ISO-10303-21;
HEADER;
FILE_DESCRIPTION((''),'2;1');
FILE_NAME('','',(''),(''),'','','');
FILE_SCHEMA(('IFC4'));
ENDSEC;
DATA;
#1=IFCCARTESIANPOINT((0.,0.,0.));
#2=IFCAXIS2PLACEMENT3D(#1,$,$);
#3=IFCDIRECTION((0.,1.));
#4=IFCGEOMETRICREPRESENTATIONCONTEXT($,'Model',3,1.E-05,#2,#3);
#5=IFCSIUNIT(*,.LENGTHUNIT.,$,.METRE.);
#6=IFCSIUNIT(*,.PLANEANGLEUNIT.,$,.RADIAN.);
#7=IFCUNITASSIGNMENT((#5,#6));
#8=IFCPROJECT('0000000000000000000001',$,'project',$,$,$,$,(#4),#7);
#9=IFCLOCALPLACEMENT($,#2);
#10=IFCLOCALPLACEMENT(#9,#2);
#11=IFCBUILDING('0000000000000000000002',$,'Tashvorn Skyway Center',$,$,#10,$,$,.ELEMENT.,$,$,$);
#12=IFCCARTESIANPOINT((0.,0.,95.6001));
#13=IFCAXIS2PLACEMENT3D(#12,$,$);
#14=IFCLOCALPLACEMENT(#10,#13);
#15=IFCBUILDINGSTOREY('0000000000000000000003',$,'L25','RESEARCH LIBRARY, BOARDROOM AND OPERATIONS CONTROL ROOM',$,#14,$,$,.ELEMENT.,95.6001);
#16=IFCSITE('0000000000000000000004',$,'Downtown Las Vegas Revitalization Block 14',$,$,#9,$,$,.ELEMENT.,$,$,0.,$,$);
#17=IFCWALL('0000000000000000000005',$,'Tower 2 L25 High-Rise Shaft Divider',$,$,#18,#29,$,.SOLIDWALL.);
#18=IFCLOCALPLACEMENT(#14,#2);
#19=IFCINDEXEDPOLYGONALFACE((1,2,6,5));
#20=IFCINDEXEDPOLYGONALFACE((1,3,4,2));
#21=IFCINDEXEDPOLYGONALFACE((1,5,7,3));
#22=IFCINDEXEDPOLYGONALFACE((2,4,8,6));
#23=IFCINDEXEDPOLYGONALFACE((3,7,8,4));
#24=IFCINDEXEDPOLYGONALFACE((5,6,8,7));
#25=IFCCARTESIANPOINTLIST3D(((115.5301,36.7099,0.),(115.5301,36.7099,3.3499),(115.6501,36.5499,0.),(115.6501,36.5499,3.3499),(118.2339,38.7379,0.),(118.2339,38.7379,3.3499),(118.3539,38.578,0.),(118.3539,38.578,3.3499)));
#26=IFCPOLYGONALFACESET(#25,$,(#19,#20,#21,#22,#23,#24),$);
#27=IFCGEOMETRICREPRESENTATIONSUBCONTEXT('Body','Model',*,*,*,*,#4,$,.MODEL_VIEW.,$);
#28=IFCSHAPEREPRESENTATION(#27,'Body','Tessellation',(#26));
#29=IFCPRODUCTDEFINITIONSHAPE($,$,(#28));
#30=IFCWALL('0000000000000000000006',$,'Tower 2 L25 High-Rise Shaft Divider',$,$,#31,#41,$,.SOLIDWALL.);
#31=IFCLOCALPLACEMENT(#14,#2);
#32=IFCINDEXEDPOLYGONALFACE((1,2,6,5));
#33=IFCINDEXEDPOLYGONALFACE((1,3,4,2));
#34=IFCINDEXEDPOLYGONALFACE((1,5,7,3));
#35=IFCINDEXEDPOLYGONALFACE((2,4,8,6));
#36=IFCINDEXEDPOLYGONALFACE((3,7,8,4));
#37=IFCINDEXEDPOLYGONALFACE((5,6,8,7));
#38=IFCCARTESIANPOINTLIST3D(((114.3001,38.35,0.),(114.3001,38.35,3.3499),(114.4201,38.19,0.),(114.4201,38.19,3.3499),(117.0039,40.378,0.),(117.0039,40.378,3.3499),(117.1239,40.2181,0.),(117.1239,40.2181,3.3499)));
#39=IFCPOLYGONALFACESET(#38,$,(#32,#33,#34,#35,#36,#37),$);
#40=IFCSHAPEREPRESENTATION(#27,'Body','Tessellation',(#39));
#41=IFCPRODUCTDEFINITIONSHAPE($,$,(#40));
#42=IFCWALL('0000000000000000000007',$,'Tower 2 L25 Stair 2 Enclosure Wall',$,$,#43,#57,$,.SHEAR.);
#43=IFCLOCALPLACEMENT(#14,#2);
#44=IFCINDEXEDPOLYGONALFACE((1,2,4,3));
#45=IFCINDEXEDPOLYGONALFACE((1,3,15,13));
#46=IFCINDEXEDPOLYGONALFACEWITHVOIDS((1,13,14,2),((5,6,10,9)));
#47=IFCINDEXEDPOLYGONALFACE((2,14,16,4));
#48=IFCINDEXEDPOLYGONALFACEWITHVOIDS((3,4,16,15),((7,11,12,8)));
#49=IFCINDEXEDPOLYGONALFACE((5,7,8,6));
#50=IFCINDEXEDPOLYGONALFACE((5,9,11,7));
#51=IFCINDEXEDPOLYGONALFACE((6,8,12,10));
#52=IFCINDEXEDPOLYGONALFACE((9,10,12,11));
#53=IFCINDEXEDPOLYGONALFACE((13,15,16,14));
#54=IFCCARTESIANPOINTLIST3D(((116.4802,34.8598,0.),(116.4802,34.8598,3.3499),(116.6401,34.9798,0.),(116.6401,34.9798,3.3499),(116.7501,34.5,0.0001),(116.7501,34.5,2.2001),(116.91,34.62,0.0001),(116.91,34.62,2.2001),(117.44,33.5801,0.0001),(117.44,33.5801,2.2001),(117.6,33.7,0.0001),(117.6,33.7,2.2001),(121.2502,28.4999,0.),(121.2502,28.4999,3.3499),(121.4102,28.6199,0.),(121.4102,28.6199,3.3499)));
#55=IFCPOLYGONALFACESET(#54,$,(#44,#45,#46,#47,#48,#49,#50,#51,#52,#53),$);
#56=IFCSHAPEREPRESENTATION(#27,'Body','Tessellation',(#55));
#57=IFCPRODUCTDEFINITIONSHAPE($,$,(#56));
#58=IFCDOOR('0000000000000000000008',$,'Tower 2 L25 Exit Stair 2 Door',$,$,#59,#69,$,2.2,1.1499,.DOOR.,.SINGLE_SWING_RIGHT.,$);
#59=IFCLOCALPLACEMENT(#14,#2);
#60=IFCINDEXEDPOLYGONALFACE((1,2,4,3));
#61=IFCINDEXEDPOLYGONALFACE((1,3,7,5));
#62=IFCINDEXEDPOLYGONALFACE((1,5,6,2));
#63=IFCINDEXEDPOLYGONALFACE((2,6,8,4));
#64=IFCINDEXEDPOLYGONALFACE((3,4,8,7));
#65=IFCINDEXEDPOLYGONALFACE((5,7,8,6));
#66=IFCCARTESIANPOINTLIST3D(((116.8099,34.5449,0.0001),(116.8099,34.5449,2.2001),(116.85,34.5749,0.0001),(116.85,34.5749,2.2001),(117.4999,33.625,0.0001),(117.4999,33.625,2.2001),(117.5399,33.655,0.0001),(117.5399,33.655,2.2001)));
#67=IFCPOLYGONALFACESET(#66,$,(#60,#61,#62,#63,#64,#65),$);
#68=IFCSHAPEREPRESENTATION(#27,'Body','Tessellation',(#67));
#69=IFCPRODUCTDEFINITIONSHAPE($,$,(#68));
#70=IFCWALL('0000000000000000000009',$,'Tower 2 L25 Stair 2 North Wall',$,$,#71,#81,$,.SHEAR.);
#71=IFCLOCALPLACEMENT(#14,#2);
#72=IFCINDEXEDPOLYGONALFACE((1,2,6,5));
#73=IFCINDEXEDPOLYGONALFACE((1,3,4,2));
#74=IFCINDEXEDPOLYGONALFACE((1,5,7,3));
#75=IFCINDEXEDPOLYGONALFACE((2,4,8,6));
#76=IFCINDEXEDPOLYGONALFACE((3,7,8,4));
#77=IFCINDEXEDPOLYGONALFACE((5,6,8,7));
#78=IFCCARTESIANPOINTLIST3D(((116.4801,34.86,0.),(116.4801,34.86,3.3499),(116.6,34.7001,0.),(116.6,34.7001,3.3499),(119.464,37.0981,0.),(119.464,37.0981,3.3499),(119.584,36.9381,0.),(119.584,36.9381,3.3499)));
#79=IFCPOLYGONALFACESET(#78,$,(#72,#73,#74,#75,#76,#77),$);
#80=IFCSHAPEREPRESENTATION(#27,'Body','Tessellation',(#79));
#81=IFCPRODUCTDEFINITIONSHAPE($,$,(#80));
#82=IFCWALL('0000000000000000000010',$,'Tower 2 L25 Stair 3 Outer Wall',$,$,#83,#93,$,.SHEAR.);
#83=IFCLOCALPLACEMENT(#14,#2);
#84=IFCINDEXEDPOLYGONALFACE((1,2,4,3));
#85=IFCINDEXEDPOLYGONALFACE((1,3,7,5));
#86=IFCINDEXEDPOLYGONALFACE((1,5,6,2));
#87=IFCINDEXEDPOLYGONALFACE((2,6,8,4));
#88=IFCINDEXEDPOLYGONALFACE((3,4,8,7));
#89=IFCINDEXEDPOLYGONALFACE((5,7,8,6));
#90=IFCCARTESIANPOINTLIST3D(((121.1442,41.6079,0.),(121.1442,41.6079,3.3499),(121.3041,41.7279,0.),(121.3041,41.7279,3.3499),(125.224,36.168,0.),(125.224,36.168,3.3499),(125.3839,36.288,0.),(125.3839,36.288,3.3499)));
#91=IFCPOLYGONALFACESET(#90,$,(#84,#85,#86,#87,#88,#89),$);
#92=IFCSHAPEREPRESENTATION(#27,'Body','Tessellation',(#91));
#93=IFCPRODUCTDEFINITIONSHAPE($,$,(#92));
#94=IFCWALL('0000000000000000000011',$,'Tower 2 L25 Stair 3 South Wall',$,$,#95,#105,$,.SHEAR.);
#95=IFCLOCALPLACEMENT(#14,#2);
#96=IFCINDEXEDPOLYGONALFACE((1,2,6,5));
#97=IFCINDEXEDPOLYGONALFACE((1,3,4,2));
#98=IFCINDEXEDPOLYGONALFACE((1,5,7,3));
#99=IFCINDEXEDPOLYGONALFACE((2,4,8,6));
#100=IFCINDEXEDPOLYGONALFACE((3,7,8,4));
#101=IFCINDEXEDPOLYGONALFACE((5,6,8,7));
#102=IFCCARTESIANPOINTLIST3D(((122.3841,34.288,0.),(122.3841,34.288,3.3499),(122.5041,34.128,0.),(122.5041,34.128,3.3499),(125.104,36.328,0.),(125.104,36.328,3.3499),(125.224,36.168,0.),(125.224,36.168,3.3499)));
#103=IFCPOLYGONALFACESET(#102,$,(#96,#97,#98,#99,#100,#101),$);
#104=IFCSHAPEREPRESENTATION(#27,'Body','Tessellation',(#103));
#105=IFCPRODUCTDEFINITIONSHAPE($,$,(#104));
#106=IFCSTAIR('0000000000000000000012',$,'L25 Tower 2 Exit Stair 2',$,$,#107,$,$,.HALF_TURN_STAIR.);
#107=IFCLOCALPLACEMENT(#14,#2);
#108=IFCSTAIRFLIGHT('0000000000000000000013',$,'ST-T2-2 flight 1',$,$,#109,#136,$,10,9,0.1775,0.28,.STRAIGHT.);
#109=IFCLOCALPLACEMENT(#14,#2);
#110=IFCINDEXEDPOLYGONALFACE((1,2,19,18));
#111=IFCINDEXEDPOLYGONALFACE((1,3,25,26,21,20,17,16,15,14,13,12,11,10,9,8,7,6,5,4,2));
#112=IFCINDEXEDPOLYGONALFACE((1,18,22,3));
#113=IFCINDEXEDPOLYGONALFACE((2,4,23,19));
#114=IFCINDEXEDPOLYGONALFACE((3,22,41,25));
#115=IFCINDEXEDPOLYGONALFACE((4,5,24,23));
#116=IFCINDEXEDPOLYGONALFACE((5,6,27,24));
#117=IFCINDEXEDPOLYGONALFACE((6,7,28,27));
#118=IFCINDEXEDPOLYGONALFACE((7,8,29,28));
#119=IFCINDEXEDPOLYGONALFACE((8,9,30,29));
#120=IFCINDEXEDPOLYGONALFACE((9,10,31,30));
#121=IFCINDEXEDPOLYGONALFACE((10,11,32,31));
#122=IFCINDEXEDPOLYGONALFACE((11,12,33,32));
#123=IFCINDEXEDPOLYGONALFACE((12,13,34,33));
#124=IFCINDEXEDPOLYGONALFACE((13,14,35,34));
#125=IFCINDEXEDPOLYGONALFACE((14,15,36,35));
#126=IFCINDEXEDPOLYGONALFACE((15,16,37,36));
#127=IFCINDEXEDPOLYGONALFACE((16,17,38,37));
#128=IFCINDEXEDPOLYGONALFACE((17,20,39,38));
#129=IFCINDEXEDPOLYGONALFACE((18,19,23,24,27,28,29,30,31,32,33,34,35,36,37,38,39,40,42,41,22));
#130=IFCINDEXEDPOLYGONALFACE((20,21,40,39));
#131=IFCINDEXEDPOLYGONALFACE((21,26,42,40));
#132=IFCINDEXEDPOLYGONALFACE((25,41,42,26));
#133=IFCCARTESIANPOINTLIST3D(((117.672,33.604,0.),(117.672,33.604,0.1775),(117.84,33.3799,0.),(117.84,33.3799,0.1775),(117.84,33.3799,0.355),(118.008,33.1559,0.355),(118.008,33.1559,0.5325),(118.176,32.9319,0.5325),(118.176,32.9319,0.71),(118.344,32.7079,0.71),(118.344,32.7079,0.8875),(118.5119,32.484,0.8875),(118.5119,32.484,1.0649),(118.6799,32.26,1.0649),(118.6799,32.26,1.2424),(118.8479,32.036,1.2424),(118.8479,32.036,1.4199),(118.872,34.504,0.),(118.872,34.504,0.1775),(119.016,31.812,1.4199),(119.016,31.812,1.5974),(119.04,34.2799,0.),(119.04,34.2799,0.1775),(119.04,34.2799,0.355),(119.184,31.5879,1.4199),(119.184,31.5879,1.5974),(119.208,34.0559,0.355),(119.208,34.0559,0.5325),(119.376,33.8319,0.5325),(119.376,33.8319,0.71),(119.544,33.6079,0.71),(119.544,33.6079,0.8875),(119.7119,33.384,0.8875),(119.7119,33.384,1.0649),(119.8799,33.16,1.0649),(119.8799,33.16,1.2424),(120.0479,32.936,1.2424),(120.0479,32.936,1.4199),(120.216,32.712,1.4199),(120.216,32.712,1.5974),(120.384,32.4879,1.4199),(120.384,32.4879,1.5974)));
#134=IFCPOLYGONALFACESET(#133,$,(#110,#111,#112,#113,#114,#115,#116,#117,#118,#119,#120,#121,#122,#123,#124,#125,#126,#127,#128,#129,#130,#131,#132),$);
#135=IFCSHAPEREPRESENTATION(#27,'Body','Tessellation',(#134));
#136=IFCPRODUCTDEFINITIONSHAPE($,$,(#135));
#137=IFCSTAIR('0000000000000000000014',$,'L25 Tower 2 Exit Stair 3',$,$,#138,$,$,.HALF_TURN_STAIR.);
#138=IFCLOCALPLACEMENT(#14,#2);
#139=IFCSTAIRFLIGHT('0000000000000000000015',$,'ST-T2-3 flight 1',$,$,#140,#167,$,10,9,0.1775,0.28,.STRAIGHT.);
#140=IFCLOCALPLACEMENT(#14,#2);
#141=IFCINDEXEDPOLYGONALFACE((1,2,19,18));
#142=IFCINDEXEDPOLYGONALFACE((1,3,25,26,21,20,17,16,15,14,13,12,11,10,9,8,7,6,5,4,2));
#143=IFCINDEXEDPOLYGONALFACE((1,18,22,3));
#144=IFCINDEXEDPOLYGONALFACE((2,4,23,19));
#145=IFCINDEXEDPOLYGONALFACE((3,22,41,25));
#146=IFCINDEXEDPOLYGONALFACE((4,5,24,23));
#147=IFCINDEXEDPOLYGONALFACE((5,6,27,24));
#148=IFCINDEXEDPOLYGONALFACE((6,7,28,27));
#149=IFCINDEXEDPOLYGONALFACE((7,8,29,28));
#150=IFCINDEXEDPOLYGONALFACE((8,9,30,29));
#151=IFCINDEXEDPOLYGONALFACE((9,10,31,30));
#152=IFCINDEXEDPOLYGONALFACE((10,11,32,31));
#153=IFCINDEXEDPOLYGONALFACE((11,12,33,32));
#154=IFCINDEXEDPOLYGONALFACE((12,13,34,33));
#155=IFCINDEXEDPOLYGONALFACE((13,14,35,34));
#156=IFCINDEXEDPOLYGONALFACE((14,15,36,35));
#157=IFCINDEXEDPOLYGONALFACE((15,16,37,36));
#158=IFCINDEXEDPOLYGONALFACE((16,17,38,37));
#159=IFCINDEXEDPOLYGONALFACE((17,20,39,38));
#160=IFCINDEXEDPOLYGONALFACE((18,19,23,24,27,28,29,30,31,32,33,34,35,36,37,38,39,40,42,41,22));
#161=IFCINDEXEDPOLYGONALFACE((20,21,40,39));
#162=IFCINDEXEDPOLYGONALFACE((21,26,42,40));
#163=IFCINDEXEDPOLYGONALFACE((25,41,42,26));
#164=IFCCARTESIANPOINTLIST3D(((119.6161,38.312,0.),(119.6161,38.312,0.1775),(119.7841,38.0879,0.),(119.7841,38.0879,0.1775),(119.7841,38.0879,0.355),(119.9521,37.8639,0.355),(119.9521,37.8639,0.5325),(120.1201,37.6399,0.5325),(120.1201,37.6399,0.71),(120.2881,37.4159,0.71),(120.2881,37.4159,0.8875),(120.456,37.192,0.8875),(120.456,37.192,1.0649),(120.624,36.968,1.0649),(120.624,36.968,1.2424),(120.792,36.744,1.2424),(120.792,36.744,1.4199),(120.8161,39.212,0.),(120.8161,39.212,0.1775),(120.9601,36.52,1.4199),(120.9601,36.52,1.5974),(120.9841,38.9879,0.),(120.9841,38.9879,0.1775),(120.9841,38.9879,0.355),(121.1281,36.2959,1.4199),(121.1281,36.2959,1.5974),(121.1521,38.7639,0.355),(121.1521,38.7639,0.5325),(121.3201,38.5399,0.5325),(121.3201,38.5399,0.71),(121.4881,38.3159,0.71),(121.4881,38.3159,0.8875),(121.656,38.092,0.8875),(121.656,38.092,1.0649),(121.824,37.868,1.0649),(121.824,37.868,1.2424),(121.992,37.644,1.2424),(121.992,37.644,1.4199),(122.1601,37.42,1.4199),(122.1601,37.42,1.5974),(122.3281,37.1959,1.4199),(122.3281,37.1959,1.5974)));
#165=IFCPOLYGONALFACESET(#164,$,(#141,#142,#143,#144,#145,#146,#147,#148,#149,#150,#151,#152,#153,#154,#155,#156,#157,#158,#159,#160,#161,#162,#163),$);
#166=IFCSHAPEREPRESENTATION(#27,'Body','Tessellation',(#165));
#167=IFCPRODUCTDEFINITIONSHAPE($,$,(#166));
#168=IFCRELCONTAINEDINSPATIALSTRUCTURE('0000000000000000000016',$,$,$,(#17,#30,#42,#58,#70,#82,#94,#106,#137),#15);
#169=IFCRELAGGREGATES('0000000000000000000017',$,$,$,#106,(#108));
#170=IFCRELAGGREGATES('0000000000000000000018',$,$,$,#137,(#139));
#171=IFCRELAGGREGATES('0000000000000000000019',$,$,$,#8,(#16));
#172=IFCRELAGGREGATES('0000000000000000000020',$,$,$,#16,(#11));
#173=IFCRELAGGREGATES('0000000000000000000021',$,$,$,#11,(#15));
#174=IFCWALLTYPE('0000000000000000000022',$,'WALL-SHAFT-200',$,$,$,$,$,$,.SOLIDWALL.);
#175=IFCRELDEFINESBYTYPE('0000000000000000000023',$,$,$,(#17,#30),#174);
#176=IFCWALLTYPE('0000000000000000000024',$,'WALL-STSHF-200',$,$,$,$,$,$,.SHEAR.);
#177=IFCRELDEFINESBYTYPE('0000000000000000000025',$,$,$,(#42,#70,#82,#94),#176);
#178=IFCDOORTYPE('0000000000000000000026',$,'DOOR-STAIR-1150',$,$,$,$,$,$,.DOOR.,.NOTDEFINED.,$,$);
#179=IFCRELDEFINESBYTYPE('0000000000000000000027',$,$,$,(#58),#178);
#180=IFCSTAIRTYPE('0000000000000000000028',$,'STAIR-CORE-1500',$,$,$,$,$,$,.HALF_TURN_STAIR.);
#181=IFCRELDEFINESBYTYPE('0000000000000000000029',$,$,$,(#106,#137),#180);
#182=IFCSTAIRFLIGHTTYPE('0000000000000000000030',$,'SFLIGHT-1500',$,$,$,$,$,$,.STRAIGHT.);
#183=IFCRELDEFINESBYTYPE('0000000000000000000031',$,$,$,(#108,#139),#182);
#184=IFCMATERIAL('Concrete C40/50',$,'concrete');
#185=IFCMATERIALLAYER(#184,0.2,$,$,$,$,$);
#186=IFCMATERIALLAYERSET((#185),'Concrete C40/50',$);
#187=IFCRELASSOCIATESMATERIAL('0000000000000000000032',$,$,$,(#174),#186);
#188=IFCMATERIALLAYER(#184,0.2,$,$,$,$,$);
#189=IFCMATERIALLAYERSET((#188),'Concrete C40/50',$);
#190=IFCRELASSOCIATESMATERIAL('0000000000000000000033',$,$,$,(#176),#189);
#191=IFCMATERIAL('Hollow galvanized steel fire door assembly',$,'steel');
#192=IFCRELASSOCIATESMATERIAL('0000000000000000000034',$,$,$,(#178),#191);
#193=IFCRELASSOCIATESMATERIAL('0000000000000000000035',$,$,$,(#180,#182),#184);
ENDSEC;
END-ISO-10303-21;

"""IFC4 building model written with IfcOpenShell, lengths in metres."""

from ifc_helpers import new_model, si_unit, direction, frame, frame_2d, origin, place, context, subcontext, project, spatial, polyline, rectangle, outline, extrude, material, layer, layer_set, type_object, element, fill, aggregate, save


model = new_model("IFC4")

# Units and contexts
model_context = context("Model", 3, precision=1e-05, world=origin(), true_north=direction((0.0, 1.0)))
body_context = subcontext(model_context, "Body", "Model", "MODEL_VIEW")
ifc_project = project(units=[si_unit("LENGTHUNIT", "METRE"), si_unit("PLANEANGLEUNIT", "RADIAN")], contexts=[model_context])

# Site, building, storey
site_placement = place(None, origin())
site = spatial("IfcSite", under=ifc_project, at=site_placement, Name="Downtown Las Vegas Revitalization Block 14", CompositionType="ELEMENT", RefElevation=0.0)
building_placement = place(site_placement, origin())
building = spatial("IfcBuilding", under=site, at=building_placement, Name="Tashvorn Skyway Center", CompositionType="ELEMENT")
storey_placement = place(building_placement, frame((0.0, 0.0, 95.6001)))
storey = spatial("IfcBuildingStorey", under=building, at=storey_placement, Name="L25", Description="RESEARCH LIBRARY, BOARDROOM AND OPERATIONS CONTROL ROOM", CompositionType="ELEMENT", Elevation=95.6001)

# Walls
ifc_material_1 = material(Name="Concrete C40/50", Category="concrete")
ifc_layer_1 = layer(ifc_material_1, 0.2)
ifc_layer_set_1 = layer_set([ifc_layer_1], Name="Concrete C40/50")
wall_type_1 = type_object("IfcWallType", Name="WALL-SHAFT-200", PredefinedType="SOLIDWALL", material=ifc_layer_set_1)
for number, where, z_axis, x_axis, name in (
    (1, (115.5901, 36.6299, 0.0), (0.0, 0.0, 1.0), (0.799974, 0.600035, 0.0), "Tower 2 L25 High-Rise Shaft Divider"),
    (2, (114.3601, 38.27, 0.0), (0.0, 0.0, 1.0), (0.799974, 0.600035, 0.0), "Tower 2 L25 High-Rise Shaft Divider"),
):
    element("IfcWall", number, at=place(storey_placement, frame(where, z_axis=z_axis, x_axis=x_axis)), inside=storey, type_object=wall_type_1, Name=name, PredefinedType="SOLIDWALL", context=body_context, shape_type="SweptSolid", body=[
        extrude(rectangle(XDim=3.3799, YDim=0.2, at=frame_2d((1.6899, 0.0))), origin(), (0.0, 0.0, 1.0), 3.3499),
    ])

# Wall, opening, door
ifc_layer_2 = layer(ifc_material_1, 0.2)
ifc_layer_set_2 = layer_set([ifc_layer_2], Name="Concrete C40/50")
wall_type_2 = type_object("IfcWallType", Name="WALL-STSHF-200", PredefinedType="SHEAR", material=ifc_layer_set_2)
wall_1_placement = place(storey_placement, frame((116.5601, 34.9199, 0.0), z_axis=(0.0, 0.0, 1.0), x_axis=(0.60001, -0.799993, 0.0)))
wall_1 = element("IfcWall", 3, at=wall_1_placement, inside=storey, type_object=wall_type_2, Name="Tower 2 L25 Stair 2 Enclosure Wall", PredefinedType="SHEAR", context=body_context, shape_type="SweptSolid", body=[
    extrude(rectangle(XDim=7.95, YDim=0.2, at=frame_2d((3.9751, 0.0))), origin(), (0.0, 0.0, 1.0), 3.3499),
])
opening_placement = place(wall_1_placement, frame((0.45, 0.0, 0.0)))
opening = element("IfcOpeningElement", 4, at=opening_placement, cuts=wall_1, PredefinedType="OPENING", context=body_context, shape_type="SweptSolid", body=[
    extrude(rectangle(XDim=1.1499, YDim=2.2, at=frame_2d((0.575, 1.1001))), frame((0.0, 0.1099, 0.0), z_axis=(0.0, -1.0, 0.0), x_axis=(1.0, 0.0, 0.0)), (0.0, 0.0, 1.0), 0.22),
])
ifc_material_2 = material(Name="Hollow galvanized steel fire door assembly", Category="steel")
door_type = type_object("IfcDoorType", Name="DOOR-STAIR-1150", OperationType="NOTDEFINED", PredefinedType="DOOR", material=ifc_material_2)
door_placement = place(opening_placement, origin())
door = element("IfcDoor", 5, at=door_placement, inside=storey, type_object=door_type, Name="Tower 2 L25 Exit Stair 2 Door", OperationType="SINGLE_SWING_RIGHT", OverallHeight=2.2, OverallWidth=1.1499, PredefinedType="DOOR", context=body_context, shape_type="SweptSolid", body=[
    extrude(rectangle(XDim=1.1499, YDim=2.2, at=frame_2d((0.575, 1.1001))), frame((0.0, 0.0249, 0.0), z_axis=(0.0, -1.0, 0.0), x_axis=(1.0, 0.0, 0.0)), (0.0, 0.0, 1.0), 0.05),
])
fill(opening, door)

# Walls
wall_2_placement = place(storey_placement, frame((116.54, 34.78, 0.0), z_axis=(0.0, 0.0, 1.0), x_axis=(0.799984, 0.600021, 0.0)))
element("IfcWall", 6, at=wall_2_placement, inside=storey, type_object=wall_type_2, Name="Tower 2 L25 Stair 2 North Wall", PredefinedType="SHEAR", context=body_context, shape_type="SweptSolid", body=[
    extrude(rectangle(XDim=3.73, YDim=0.2, at=frame_2d((1.865, 0.0))), origin(), (0.0, 0.0, 1.0), 3.3499),
])
wall_3_placement = place(storey_placement, frame((125.304, 36.228, 0.0), z_axis=(0.0, 0.0, 1.0), x_axis=(-0.599989, 0.800009, 0.0)))
element("IfcWall", 7, at=wall_3_placement, inside=storey, type_object=wall_type_2, Name="Tower 2 L25 Stair 3 Outer Wall", PredefinedType="SHEAR", context=body_context, shape_type="SweptSolid", body=[
    extrude(rectangle(XDim=6.7998, YDim=0.2, at=frame_2d((3.3999, 0.0))), origin(), (0.0, 0.0, 1.0), 3.3499),
])
wall_4_placement = place(storey_placement, frame((122.4441, 34.208, 0.0), z_axis=(0.0, 0.0, 1.0), x_axis=(0.799991, 0.600011, 0.0)))
element("IfcWall", 8, at=wall_4_placement, inside=storey, type_object=wall_type_2, Name="Tower 2 L25 Stair 3 South Wall", PredefinedType="SHEAR", context=body_context, shape_type="SweptSolid", body=[
    extrude(rectangle(XDim=3.3999, YDim=0.2, at=frame_2d((1.7, 0.0))), origin(), (0.0, 0.0, 1.0), 3.3499),
])

# Stair, stair flight
stair_type = type_object("IfcStairType", Name="STAIR-CORE-1500", PredefinedType="HALF_TURN_STAIR", material=ifc_material_1)
stair_1_placement = place(storey_placement, origin())
stair_1 = element("IfcStair", 9, at=stair_1_placement, inside=storey, type_object=stair_type, Name="L25 Tower 2 Exit Stair 2", PredefinedType="HALF_TURN_STAIR")
stair_flight_type = type_object("IfcStairFlightType", Name="SFLIGHT-1500", PredefinedType="STRAIGHT", material=ifc_material_1)
stair_flight_1_placement = place(storey_placement, frame((118.272, 34.054, 0.0), z_axis=(0.0, 0.0, 1.0), x_axis=(0.6, -0.8, 0.0)))
stair_flight_1 = element("IfcStairFlight", 10, at=stair_flight_1_placement, type_object=stair_flight_type, Name="ST-T2-2 flight 1", NumberOfRisers=10, NumberOfTreads=9, PredefinedType="STRAIGHT", RiserHeight=0.1775, TreadLength=0.28, context=body_context, shape_type="SweptSolid", body=[
    extrude(outline(polyline([(0.0, 0.0), (0.0, 0.1775), (0.28, 0.1775), (0.28, 0.355), (0.5601, 0.355), (0.5601, 0.5325), (0.8401, 0.5325), (0.8401, 0.71), (1.1201, 0.71), (1.1201, 0.8875), (1.3999, 0.8875), (1.3999, 1.0649), (1.6799, 1.0649), (1.6799, 1.2424), (1.96, 1.2424), (1.96, 1.4199), (2.24, 1.4199), (2.24, 1.5974), (2.52, 1.5974), (2.52, 1.7749), (2.52, 1.4199), (0.28, 0.0), (0.0, 0.0)])), frame((0.0, 0.75, 0.0), z_axis=(0.0, -1.0, 0.0), x_axis=(1.0, 0.0, 0.0)), (0.0, 0.0, 1.0), 1.5),
])
aggregate(stair_1, [stair_flight_1])

# Stair, stair flight
stair_2_placement = place(storey_placement, origin())
stair_2 = element("IfcStair", 11, at=stair_2_placement, inside=storey, type_object=stair_type, Name="L25 Tower 2 Exit Stair 3", PredefinedType="HALF_TURN_STAIR")
stair_flight_2_placement = place(storey_placement, frame((120.2161, 38.762, 0.0), z_axis=(0.0, 0.0, 1.0), x_axis=(0.6, -0.8, 0.0)))
stair_flight_2 = element("IfcStairFlight", 12, at=stair_flight_2_placement, type_object=stair_flight_type, Name="ST-T2-3 flight 1", NumberOfRisers=10, NumberOfTreads=9, PredefinedType="STRAIGHT", RiserHeight=0.1775, TreadLength=0.28, context=body_context, shape_type="SweptSolid", body=[
    extrude(outline(polyline([(0.0, 0.0), (0.0, 0.1775), (0.28, 0.1775), (0.28, 0.355), (0.5601, 0.355), (0.5601, 0.5325), (0.8401, 0.5325), (0.8401, 0.71), (1.1201, 0.71), (1.1201, 0.8875), (1.3999, 0.8875), (1.3999, 1.0649), (1.6799, 1.0649), (1.6799, 1.2424), (1.96, 1.2424), (1.96, 1.4199), (2.24, 1.4199), (2.24, 1.5974), (2.52, 1.5974), (2.52, 1.7749), (2.52, 1.4199), (0.28, 0.0), (0.0, 0.0)])), frame((0.0, 0.75, 0.0), z_axis=(0.0, -1.0, 0.0), x_axis=(1.0, 0.0, 0.0)), (0.0, 0.0, 1.0), 1.5),
])
aggregate(stair_2, [stair_flight_2])

save(model, "model.ifc")
